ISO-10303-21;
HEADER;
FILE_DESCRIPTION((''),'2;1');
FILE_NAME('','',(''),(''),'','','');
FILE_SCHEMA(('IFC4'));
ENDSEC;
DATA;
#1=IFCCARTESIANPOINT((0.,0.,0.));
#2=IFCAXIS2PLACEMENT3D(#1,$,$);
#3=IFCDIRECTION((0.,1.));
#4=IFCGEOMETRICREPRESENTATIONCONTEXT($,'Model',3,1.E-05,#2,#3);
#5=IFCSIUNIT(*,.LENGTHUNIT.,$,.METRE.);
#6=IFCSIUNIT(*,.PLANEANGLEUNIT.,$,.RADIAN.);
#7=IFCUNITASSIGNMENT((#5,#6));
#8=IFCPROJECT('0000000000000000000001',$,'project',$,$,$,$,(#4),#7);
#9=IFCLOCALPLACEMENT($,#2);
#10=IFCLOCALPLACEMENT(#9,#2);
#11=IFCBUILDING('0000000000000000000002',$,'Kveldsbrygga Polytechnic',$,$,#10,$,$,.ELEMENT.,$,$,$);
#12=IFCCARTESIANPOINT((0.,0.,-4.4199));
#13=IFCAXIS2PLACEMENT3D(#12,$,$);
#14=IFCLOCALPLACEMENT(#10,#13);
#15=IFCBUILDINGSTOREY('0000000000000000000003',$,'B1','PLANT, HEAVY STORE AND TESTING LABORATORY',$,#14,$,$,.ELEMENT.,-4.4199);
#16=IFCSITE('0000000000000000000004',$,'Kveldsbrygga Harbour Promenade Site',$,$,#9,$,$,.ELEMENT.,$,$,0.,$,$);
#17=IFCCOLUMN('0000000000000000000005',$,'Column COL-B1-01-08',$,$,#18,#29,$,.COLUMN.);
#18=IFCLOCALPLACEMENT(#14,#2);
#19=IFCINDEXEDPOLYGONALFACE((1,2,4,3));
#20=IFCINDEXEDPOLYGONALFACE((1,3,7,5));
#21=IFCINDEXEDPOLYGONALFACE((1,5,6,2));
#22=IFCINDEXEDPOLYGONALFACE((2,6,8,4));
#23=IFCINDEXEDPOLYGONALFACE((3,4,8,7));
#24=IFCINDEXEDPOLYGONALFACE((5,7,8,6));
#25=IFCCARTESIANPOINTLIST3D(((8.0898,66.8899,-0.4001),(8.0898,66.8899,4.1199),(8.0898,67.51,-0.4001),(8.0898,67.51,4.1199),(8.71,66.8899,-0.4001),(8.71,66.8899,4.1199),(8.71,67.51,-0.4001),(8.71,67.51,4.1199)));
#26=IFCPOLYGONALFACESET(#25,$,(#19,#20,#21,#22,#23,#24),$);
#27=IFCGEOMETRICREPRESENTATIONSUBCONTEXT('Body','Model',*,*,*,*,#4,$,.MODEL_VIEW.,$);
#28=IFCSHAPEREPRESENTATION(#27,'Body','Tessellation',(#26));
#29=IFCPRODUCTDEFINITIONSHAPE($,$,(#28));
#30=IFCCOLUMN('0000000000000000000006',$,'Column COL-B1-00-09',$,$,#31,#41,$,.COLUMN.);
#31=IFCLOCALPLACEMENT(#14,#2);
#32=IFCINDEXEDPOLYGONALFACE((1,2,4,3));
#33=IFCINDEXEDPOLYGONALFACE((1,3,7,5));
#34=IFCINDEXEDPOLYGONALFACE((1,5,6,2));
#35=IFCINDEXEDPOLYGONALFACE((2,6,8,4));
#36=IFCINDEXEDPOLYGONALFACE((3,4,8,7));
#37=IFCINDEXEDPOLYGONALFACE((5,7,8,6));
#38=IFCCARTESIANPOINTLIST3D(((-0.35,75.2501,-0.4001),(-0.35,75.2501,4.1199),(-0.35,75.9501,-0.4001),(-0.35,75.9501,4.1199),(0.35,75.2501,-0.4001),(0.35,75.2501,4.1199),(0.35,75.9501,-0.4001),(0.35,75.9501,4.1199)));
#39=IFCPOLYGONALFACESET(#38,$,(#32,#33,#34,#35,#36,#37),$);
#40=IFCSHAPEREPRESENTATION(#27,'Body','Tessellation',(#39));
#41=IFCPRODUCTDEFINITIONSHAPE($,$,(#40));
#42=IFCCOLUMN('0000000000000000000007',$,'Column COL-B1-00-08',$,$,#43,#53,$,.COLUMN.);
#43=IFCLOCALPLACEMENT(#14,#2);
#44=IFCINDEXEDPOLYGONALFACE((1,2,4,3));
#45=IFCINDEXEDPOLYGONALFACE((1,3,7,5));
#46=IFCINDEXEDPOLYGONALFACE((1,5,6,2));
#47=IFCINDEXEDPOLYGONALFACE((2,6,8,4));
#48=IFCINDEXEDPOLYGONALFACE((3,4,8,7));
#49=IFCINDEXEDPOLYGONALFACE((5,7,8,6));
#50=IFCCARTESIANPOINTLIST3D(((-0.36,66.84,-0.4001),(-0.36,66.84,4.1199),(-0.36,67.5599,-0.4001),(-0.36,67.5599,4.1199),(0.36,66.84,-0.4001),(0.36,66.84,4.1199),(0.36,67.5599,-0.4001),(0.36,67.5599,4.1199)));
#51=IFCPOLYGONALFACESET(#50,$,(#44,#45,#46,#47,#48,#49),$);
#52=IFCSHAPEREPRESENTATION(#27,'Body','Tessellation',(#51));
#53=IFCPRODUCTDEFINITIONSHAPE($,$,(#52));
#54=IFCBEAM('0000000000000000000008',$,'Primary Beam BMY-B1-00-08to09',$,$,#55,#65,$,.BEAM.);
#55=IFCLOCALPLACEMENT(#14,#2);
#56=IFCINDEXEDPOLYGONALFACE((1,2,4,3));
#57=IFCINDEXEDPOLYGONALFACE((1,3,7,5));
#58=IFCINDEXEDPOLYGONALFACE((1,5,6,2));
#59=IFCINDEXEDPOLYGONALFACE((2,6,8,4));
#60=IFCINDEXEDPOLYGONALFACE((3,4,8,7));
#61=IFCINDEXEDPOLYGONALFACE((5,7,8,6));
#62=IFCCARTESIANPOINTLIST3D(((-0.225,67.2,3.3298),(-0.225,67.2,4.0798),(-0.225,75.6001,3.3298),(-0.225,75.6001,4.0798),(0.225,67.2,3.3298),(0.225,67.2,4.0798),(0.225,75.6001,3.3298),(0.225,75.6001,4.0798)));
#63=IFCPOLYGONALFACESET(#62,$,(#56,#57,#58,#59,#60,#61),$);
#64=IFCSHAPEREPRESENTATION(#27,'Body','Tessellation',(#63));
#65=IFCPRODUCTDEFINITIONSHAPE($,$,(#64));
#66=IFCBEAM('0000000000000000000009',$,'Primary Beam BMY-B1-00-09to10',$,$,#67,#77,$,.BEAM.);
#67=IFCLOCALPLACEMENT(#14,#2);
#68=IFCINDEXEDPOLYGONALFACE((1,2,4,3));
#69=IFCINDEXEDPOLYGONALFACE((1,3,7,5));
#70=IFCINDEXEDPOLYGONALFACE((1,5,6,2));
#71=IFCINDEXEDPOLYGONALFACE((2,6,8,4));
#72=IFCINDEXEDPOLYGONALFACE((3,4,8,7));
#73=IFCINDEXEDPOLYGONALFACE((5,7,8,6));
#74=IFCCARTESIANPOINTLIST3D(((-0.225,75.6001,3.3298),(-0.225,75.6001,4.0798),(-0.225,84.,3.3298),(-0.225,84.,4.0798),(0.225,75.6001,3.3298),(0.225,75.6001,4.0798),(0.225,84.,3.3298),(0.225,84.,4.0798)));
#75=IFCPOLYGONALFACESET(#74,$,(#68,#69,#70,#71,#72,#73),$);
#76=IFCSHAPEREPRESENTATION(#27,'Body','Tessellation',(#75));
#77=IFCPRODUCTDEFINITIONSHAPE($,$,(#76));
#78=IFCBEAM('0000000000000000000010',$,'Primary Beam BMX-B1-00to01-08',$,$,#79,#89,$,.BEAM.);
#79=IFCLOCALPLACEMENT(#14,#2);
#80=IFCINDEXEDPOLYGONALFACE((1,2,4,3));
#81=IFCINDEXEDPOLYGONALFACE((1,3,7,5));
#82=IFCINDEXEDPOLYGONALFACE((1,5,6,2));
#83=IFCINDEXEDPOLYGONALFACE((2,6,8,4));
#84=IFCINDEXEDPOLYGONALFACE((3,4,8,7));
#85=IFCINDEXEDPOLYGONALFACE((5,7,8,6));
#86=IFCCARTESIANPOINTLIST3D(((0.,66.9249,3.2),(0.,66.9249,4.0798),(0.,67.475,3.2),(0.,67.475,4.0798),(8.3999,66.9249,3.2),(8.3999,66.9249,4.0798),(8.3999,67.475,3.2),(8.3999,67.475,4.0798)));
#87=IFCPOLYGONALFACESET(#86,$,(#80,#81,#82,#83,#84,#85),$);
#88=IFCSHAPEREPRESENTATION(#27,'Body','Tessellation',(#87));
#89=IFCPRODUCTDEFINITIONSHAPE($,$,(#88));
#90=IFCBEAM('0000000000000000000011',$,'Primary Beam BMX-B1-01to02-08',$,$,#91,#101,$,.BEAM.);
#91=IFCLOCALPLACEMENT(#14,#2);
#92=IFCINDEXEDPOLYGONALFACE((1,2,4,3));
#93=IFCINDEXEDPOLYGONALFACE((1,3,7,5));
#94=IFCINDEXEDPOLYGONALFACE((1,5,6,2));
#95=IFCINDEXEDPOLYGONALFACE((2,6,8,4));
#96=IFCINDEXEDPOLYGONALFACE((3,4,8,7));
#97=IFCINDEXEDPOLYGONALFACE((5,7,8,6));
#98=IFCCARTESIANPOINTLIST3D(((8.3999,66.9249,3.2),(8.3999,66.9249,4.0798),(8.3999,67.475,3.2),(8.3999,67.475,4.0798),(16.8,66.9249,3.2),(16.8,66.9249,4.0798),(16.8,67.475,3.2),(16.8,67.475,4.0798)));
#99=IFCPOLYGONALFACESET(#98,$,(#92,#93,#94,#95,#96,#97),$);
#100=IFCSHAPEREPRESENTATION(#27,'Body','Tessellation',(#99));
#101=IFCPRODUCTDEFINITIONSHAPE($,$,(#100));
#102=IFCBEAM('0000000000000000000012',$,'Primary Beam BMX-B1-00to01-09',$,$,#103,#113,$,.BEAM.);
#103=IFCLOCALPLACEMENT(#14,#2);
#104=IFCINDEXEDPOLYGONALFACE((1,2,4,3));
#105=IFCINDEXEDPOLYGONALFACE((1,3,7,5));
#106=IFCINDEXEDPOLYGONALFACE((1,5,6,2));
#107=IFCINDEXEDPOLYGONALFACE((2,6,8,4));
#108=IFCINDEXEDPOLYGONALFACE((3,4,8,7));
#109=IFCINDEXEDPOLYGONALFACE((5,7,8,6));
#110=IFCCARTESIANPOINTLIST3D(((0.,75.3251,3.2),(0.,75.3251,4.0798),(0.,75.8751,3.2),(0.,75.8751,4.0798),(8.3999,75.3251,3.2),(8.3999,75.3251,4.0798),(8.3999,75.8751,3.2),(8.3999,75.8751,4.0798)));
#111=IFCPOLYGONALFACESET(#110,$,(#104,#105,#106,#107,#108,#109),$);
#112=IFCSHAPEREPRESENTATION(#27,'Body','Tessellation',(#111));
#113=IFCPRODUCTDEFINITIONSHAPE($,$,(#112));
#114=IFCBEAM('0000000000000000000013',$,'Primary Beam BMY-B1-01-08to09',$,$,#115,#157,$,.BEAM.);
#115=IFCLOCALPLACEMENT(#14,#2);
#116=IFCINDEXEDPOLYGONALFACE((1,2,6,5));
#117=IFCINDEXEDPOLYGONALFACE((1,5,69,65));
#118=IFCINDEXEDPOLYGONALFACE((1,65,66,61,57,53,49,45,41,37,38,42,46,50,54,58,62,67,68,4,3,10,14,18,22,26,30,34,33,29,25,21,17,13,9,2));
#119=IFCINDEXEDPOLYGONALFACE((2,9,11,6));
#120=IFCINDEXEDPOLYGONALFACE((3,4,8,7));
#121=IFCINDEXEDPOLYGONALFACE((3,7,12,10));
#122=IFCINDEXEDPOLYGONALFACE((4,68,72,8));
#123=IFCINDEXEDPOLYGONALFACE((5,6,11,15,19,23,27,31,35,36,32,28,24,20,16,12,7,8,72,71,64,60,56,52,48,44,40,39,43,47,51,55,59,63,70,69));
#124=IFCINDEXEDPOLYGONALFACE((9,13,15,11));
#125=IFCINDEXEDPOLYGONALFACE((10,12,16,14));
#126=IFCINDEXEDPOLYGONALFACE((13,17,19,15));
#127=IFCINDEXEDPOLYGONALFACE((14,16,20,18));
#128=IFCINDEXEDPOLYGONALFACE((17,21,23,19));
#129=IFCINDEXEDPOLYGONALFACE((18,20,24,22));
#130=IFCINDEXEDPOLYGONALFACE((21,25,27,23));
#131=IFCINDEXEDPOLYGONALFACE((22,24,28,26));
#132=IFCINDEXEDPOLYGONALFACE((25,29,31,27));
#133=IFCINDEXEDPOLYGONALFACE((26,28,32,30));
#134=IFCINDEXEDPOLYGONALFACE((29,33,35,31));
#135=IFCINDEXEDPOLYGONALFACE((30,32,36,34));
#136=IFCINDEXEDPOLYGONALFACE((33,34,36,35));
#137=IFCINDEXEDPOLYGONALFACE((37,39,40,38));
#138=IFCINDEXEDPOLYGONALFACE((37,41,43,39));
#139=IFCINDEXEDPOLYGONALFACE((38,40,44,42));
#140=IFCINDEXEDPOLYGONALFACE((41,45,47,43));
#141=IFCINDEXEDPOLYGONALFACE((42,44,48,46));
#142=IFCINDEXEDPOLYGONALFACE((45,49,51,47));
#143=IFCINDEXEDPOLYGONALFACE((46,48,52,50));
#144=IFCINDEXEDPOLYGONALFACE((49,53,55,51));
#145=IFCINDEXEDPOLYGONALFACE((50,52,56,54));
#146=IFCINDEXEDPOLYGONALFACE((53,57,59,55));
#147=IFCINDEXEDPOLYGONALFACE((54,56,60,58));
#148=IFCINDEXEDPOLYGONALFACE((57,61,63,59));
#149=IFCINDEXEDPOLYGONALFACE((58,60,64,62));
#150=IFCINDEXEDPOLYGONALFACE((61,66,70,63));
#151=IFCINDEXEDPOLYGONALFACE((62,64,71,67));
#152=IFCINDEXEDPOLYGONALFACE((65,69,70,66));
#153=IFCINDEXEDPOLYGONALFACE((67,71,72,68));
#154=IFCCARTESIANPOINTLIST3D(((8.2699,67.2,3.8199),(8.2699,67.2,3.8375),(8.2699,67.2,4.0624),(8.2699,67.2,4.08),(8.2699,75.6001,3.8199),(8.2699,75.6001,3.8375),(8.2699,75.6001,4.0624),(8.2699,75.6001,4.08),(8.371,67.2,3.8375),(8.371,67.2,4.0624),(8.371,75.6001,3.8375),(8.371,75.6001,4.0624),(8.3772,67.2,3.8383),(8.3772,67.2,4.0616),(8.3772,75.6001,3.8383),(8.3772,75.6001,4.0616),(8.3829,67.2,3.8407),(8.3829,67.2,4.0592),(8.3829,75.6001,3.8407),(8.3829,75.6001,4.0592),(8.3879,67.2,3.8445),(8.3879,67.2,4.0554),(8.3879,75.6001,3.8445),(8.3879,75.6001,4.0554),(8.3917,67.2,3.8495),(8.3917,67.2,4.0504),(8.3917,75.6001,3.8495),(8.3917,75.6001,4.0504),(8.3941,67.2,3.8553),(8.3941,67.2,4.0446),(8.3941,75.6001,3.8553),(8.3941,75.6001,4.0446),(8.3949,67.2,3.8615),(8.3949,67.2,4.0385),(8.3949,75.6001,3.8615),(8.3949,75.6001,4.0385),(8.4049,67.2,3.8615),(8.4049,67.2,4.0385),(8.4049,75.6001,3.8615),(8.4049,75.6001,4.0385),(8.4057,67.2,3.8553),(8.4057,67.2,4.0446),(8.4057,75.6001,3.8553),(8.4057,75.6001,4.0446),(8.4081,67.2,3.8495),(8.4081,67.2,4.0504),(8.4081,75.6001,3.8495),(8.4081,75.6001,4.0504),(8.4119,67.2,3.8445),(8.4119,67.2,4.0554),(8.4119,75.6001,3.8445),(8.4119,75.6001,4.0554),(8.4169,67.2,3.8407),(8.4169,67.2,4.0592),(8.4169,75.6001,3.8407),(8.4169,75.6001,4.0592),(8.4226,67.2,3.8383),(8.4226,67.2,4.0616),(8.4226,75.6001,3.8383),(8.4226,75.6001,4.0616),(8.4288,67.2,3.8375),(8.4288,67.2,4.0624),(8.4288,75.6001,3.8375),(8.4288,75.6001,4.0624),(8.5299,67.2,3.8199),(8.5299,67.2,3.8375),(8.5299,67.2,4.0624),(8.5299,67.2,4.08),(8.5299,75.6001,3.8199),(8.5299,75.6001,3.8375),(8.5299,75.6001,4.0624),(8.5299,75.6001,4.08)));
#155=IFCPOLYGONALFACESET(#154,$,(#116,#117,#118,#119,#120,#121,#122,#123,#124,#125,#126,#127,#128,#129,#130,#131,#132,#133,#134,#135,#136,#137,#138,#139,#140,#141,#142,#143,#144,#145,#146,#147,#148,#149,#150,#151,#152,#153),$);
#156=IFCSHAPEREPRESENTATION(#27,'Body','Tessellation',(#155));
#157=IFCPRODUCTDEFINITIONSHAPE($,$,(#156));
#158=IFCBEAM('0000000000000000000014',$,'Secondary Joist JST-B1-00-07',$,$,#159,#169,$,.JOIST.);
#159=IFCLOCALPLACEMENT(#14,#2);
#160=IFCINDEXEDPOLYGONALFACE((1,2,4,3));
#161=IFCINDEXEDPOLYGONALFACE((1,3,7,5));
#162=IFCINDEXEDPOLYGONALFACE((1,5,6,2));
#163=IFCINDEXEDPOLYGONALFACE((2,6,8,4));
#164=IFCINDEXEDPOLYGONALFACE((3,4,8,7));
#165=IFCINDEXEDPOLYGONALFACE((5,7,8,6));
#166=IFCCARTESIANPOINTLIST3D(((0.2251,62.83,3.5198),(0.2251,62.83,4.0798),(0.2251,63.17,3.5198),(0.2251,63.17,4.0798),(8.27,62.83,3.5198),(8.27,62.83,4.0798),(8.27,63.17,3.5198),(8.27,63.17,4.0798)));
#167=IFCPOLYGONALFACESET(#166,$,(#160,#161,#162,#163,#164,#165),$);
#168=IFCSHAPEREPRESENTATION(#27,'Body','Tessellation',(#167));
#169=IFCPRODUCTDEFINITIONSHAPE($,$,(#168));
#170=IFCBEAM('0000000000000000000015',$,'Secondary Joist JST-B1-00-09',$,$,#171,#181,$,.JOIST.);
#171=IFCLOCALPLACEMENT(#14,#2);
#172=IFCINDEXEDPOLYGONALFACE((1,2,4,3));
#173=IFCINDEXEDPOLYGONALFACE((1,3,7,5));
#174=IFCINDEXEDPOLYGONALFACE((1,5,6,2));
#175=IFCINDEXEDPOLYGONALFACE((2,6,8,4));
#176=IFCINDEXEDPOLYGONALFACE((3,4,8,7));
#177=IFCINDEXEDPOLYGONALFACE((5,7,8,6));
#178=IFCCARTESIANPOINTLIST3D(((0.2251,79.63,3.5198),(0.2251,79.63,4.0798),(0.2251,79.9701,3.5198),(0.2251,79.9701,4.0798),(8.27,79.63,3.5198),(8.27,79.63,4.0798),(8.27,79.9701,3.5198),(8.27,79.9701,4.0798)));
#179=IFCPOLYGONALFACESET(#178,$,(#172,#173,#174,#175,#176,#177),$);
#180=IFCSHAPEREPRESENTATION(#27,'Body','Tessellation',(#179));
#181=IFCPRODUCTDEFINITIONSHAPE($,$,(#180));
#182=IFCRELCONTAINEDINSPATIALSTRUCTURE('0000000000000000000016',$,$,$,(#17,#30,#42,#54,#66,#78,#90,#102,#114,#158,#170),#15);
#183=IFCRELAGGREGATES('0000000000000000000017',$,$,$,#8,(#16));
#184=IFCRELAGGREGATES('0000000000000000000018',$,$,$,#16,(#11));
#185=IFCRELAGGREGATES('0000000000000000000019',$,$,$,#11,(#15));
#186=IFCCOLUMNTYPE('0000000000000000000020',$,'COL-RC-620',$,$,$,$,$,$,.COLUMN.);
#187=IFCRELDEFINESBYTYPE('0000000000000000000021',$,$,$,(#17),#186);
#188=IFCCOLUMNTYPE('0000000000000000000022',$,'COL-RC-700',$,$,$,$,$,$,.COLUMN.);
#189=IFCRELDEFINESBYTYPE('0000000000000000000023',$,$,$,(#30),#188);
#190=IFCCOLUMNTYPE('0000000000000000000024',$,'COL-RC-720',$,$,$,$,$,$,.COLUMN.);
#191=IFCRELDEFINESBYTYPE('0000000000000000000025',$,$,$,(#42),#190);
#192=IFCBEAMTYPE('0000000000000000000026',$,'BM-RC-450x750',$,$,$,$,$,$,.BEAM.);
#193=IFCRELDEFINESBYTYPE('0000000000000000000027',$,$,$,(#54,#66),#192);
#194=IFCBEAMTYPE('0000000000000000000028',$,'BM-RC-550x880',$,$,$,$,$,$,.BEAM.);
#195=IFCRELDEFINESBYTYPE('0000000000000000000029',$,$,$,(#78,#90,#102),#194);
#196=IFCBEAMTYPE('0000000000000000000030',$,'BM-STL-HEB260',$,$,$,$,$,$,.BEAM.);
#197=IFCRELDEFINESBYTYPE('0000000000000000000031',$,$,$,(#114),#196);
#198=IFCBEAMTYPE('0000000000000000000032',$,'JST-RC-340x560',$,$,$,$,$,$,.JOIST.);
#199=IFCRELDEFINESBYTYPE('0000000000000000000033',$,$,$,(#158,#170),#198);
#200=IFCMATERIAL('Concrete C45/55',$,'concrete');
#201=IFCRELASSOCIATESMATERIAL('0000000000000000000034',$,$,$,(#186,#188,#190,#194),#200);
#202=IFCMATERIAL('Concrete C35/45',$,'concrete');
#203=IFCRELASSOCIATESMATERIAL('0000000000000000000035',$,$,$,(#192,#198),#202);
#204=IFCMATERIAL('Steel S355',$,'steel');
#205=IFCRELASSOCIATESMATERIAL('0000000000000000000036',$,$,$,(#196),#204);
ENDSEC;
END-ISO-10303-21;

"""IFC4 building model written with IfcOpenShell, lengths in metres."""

from ifc_helpers import new_model, si_unit, direction, frame, origin, origin_2d, place, context, subcontext, project, spatial, rectangle, i_section, extrude, material, material_profile, profile_set, type_object, element, save


model = new_model("IFC4")

# Units and contexts
model_context = context("Model", 3, precision=1e-05, world=origin(), true_north=direction((0.0, 1.0)))
body_context = subcontext(model_context, "Body", "Model", "MODEL_VIEW")
ifc_project = project(units=[si_unit("LENGTHUNIT", "METRE"), si_unit("PLANEANGLEUNIT", "RADIAN")], contexts=[model_context])

# Site, building, storey
site_placement = place(None, origin())
site = spatial("IfcSite", under=ifc_project, at=site_placement, Name="Kveldsbrygga Harbour Promenade Site", CompositionType="ELEMENT", RefElevation=0.0)
building_placement = place(site_placement, origin())
building = spatial("IfcBuilding", under=site, at=building_placement, Name="Kveldsbrygga Polytechnic", CompositionType="ELEMENT")
storey_placement = place(building_placement, frame((0.0, 0.0, -4.4199)))
storey = spatial("IfcBuildingStorey", under=building, at=storey_placement, Name="B1", Description="PLANT, HEAVY STORE AND TESTING LABORATORY", CompositionType="ELEMENT", Elevation=-4.4199)

# Shared definitions
ifc_material_1 = material(Name="Concrete C45/55", Category="concrete")
ifc_material_2 = material(Name="Concrete C35/45", Category="concrete")

# Columns
ifc_material_profile_1 = material_profile(ifc_material_1, rectangle(XDim=0.6201, YDim=0.6201, at=origin_2d()), Name="RC 620x620")
ifc_profile_set_1 = profile_set([ifc_material_profile_1], Name="Concrete C45/55")
column_type_1 = type_object("IfcColumnType", Name="COL-RC-620", PredefinedType="COLUMN", material=ifc_profile_set_1)
column_1_placement = place(storey_placement, frame((8.3999, 67.2, -0.4001), z_axis=(0.0, 0.0, 1.0), x_axis=(1.0, 0.0, 0.0)))
element("IfcColumn", 1, at=column_1_placement, inside=storey, type_object=column_type_1, Name="Column COL-B1-01-08", PredefinedType="COLUMN", context=body_context, shape_type="SweptSolid", body=[
    extrude(rectangle(XDim=0.6201, YDim=0.6201, at=origin_2d()), origin(), (0.0, 0.0, 1.0), 4.52),
])
ifc_material_profile_2 = material_profile(ifc_material_1, rectangle(XDim=0.7, YDim=0.7, at=origin_2d()), Name="RC 700x700")
ifc_profile_set_2 = profile_set([ifc_material_profile_2], Name="Concrete C45/55")
column_type_2 = type_object("IfcColumnType", Name="COL-RC-700", PredefinedType="COLUMN", material=ifc_profile_set_2)
column_2_placement = place(storey_placement, frame((0.0, 75.6001, -0.4001), z_axis=(0.0, 0.0, 1.0), x_axis=(1.0, 0.0, 0.0)))
element("IfcColumn", 2, at=column_2_placement, inside=storey, type_object=column_type_2, Name="Column COL-B1-00-09", PredefinedType="COLUMN", context=body_context, shape_type="SweptSolid", body=[
    extrude(rectangle(XDim=0.7, YDim=0.7, at=origin_2d()), origin(), (0.0, 0.0, 1.0), 4.52),
])
ifc_material_profile_3 = material_profile(ifc_material_1, rectangle(XDim=0.72, YDim=0.72, at=origin_2d()), Name="RC 720x720")
ifc_profile_set_3 = profile_set([ifc_material_profile_3], Name="Concrete C45/55")
column_type_3 = type_object("IfcColumnType", Name="COL-RC-720", PredefinedType="COLUMN", material=ifc_profile_set_3)
column_3_placement = place(storey_placement, frame((0.0, 67.2, -0.4001), z_axis=(0.0, 0.0, 1.0), x_axis=(1.0, 0.0, 0.0)))
element("IfcColumn", 3, at=column_3_placement, inside=storey, type_object=column_type_3, Name="Column COL-B1-00-08", PredefinedType="COLUMN", context=body_context, shape_type="SweptSolid", body=[
    extrude(rectangle(XDim=0.72, YDim=0.72, at=origin_2d()), origin(), (0.0, 0.0, 1.0), 4.52),
])

# Beams
ifc_material_profile_4 = material_profile(ifc_material_2, rectangle(XDim=0.45, YDim=0.75, at=origin_2d()), Name="RC 450x750")
ifc_profile_set_4 = profile_set([ifc_material_profile_4], Name="Concrete C35/45")
beam_type_1 = type_object("IfcBeamType", Name="BM-RC-450x750", PredefinedType="BEAM", material=ifc_profile_set_4)
beam_1_placement = place(storey_placement, frame((0.0, 67.2, 3.7048), z_axis=(0.0, 1.0, 0.0), x_axis=(-1.0, 0.0, 0.0)))
element("IfcBeam", 4, at=beam_1_placement, inside=storey, type_object=beam_type_1, Name="Primary Beam BMY-B1-00-08to09", PredefinedType="BEAM", context=body_context, shape_type="SweptSolid", body=[
    extrude(rectangle(XDim=0.45, YDim=0.75, at=origin_2d()), origin(), (0.0, 0.0, 1.0), 8.4001),
])
beam_2_placement = place(storey_placement, frame((0.0, 75.6001, 3.7048), z_axis=(0.0, 1.0, 0.0), x_axis=(-1.0, 0.0, 0.0)))
element("IfcBeam", 5, at=beam_2_placement, inside=storey, type_object=beam_type_1, Name="Primary Beam BMY-B1-00-09to10", PredefinedType="BEAM", context=body_context, shape_type="SweptSolid", body=[
    extrude(rectangle(XDim=0.45, YDim=0.75, at=origin_2d()), origin(), (0.0, 0.0, 1.0), 8.3999),
])
ifc_material_profile_5 = material_profile(ifc_material_1, rectangle(XDim=0.55, YDim=0.8799, at=origin_2d()), Name="RC 550x880")
ifc_profile_set_5 = profile_set([ifc_material_profile_5], Name="Concrete C45/55")
beam_type_2 = type_object("IfcBeamType", Name="BM-RC-550x880", PredefinedType="BEAM", material=ifc_profile_set_5)
beam_3_placement = place(storey_placement, frame((0.0, 67.2, 3.6399), z_axis=(1.0, 0.0, 0.0), x_axis=(0.0, 1.0, 0.0)))
element("IfcBeam", 6, at=beam_3_placement, inside=storey, type_object=beam_type_2, Name="Primary Beam BMX-B1-00to01-08", PredefinedType="BEAM", context=body_context, shape_type="SweptSolid", body=[
    extrude(rectangle(XDim=0.55, YDim=0.8799, at=origin_2d()), origin(), (0.0, 0.0, 1.0), 8.3999),
])
beam_4_placement = place(storey_placement, frame((8.3999, 67.2, 3.6399), z_axis=(1.0, 0.0, 0.0), x_axis=(0.0, 1.0, 0.0)))
element("IfcBeam", 7, at=beam_4_placement, inside=storey, type_object=beam_type_2, Name="Primary Beam BMX-B1-01to02-08", PredefinedType="BEAM", context=body_context, shape_type="SweptSolid", body=[
    extrude(rectangle(XDim=0.55, YDim=0.8799, at=origin_2d()), origin(), (0.0, 0.0, 1.0), 8.4001),
])
beam_5_placement = place(storey_placement, frame((0.0, 75.6001, 3.6399), z_axis=(1.0, 0.0, 0.0), x_axis=(0.0, 1.0, 0.0)))
element("IfcBeam", 8, at=beam_5_placement, inside=storey, type_object=beam_type_2, Name="Primary Beam BMX-B1-00to01-09", PredefinedType="BEAM", context=body_context, shape_type="SweptSolid", body=[
    extrude(rectangle(XDim=0.55, YDim=0.8799, at=origin_2d()), origin(), (0.0, 0.0, 1.0), 8.3999),
])
ifc_material_3 = material(Name="Steel S355", Category="steel")
ifc_material_profile_6 = material_profile(ifc_material_3, i_section(OverallWidth=0.26, OverallDepth=0.26, WebThickness=0.01, FlangeThickness=0.0176, FilletRadius=0.0239, at=origin_2d()), Name="HEB 260")
ifc_profile_set_6 = profile_set([ifc_material_profile_6], Name="Steel S355")
beam_type_3 = type_object("IfcBeamType", Name="BM-STL-HEB260", PredefinedType="BEAM", material=ifc_profile_set_6)
beam_6_placement = place(storey_placement, frame((8.3999, 67.2, 3.95), z_axis=(0.0, 1.0, 0.0), x_axis=(-1.0, 0.0, 0.0)))
element("IfcBeam", 9, at=beam_6_placement, inside=storey, type_object=beam_type_3, Name="Primary Beam BMY-B1-01-08to09", PredefinedType="BEAM", context=body_context, shape_type="SweptSolid", body=[
    extrude(i_section(OverallWidth=0.26, OverallDepth=0.26, WebThickness=0.01, FlangeThickness=0.0176, FilletRadius=0.0239, at=origin_2d()), origin(), (0.0, 0.0, 1.0), 8.4001),
])
ifc_material_profile_7 = material_profile(ifc_material_2, rectangle(XDim=0.3401, YDim=0.5601, at=origin_2d()), Name="RC 340x560")
ifc_profile_set_7 = profile_set([ifc_material_profile_7], Name="Concrete C35/45")
beam_type_4 = type_object("IfcBeamType", Name="JST-RC-340x560", PredefinedType="JOIST", material=ifc_profile_set_7)
for number, where, z_axis, x_axis, name in (
    (10, (0.2251, 63.0, 3.7998), (1.0, 0.0, 0.0), (0.0, 1.0, 0.0), "Secondary Joist JST-B1-00-07"),
    (11, (0.2251, 79.8, 3.7998), (1.0, 0.0, 0.0), (0.0, 1.0, 0.0), "Secondary Joist JST-B1-00-09"),
):
    element("IfcBeam", number, at=place(storey_placement, frame(where, z_axis=z_axis, x_axis=x_axis)), inside=storey, type_object=beam_type_4, Name=name, PredefinedType="JOIST", context=body_context, shape_type="SweptSolid", body=[
        extrude(rectangle(XDim=0.3401, YDim=0.5601, at=origin_2d()), origin(), (0.0, 0.0, 1.0), 8.0449),
    ])

save(model, "model.ifc")
